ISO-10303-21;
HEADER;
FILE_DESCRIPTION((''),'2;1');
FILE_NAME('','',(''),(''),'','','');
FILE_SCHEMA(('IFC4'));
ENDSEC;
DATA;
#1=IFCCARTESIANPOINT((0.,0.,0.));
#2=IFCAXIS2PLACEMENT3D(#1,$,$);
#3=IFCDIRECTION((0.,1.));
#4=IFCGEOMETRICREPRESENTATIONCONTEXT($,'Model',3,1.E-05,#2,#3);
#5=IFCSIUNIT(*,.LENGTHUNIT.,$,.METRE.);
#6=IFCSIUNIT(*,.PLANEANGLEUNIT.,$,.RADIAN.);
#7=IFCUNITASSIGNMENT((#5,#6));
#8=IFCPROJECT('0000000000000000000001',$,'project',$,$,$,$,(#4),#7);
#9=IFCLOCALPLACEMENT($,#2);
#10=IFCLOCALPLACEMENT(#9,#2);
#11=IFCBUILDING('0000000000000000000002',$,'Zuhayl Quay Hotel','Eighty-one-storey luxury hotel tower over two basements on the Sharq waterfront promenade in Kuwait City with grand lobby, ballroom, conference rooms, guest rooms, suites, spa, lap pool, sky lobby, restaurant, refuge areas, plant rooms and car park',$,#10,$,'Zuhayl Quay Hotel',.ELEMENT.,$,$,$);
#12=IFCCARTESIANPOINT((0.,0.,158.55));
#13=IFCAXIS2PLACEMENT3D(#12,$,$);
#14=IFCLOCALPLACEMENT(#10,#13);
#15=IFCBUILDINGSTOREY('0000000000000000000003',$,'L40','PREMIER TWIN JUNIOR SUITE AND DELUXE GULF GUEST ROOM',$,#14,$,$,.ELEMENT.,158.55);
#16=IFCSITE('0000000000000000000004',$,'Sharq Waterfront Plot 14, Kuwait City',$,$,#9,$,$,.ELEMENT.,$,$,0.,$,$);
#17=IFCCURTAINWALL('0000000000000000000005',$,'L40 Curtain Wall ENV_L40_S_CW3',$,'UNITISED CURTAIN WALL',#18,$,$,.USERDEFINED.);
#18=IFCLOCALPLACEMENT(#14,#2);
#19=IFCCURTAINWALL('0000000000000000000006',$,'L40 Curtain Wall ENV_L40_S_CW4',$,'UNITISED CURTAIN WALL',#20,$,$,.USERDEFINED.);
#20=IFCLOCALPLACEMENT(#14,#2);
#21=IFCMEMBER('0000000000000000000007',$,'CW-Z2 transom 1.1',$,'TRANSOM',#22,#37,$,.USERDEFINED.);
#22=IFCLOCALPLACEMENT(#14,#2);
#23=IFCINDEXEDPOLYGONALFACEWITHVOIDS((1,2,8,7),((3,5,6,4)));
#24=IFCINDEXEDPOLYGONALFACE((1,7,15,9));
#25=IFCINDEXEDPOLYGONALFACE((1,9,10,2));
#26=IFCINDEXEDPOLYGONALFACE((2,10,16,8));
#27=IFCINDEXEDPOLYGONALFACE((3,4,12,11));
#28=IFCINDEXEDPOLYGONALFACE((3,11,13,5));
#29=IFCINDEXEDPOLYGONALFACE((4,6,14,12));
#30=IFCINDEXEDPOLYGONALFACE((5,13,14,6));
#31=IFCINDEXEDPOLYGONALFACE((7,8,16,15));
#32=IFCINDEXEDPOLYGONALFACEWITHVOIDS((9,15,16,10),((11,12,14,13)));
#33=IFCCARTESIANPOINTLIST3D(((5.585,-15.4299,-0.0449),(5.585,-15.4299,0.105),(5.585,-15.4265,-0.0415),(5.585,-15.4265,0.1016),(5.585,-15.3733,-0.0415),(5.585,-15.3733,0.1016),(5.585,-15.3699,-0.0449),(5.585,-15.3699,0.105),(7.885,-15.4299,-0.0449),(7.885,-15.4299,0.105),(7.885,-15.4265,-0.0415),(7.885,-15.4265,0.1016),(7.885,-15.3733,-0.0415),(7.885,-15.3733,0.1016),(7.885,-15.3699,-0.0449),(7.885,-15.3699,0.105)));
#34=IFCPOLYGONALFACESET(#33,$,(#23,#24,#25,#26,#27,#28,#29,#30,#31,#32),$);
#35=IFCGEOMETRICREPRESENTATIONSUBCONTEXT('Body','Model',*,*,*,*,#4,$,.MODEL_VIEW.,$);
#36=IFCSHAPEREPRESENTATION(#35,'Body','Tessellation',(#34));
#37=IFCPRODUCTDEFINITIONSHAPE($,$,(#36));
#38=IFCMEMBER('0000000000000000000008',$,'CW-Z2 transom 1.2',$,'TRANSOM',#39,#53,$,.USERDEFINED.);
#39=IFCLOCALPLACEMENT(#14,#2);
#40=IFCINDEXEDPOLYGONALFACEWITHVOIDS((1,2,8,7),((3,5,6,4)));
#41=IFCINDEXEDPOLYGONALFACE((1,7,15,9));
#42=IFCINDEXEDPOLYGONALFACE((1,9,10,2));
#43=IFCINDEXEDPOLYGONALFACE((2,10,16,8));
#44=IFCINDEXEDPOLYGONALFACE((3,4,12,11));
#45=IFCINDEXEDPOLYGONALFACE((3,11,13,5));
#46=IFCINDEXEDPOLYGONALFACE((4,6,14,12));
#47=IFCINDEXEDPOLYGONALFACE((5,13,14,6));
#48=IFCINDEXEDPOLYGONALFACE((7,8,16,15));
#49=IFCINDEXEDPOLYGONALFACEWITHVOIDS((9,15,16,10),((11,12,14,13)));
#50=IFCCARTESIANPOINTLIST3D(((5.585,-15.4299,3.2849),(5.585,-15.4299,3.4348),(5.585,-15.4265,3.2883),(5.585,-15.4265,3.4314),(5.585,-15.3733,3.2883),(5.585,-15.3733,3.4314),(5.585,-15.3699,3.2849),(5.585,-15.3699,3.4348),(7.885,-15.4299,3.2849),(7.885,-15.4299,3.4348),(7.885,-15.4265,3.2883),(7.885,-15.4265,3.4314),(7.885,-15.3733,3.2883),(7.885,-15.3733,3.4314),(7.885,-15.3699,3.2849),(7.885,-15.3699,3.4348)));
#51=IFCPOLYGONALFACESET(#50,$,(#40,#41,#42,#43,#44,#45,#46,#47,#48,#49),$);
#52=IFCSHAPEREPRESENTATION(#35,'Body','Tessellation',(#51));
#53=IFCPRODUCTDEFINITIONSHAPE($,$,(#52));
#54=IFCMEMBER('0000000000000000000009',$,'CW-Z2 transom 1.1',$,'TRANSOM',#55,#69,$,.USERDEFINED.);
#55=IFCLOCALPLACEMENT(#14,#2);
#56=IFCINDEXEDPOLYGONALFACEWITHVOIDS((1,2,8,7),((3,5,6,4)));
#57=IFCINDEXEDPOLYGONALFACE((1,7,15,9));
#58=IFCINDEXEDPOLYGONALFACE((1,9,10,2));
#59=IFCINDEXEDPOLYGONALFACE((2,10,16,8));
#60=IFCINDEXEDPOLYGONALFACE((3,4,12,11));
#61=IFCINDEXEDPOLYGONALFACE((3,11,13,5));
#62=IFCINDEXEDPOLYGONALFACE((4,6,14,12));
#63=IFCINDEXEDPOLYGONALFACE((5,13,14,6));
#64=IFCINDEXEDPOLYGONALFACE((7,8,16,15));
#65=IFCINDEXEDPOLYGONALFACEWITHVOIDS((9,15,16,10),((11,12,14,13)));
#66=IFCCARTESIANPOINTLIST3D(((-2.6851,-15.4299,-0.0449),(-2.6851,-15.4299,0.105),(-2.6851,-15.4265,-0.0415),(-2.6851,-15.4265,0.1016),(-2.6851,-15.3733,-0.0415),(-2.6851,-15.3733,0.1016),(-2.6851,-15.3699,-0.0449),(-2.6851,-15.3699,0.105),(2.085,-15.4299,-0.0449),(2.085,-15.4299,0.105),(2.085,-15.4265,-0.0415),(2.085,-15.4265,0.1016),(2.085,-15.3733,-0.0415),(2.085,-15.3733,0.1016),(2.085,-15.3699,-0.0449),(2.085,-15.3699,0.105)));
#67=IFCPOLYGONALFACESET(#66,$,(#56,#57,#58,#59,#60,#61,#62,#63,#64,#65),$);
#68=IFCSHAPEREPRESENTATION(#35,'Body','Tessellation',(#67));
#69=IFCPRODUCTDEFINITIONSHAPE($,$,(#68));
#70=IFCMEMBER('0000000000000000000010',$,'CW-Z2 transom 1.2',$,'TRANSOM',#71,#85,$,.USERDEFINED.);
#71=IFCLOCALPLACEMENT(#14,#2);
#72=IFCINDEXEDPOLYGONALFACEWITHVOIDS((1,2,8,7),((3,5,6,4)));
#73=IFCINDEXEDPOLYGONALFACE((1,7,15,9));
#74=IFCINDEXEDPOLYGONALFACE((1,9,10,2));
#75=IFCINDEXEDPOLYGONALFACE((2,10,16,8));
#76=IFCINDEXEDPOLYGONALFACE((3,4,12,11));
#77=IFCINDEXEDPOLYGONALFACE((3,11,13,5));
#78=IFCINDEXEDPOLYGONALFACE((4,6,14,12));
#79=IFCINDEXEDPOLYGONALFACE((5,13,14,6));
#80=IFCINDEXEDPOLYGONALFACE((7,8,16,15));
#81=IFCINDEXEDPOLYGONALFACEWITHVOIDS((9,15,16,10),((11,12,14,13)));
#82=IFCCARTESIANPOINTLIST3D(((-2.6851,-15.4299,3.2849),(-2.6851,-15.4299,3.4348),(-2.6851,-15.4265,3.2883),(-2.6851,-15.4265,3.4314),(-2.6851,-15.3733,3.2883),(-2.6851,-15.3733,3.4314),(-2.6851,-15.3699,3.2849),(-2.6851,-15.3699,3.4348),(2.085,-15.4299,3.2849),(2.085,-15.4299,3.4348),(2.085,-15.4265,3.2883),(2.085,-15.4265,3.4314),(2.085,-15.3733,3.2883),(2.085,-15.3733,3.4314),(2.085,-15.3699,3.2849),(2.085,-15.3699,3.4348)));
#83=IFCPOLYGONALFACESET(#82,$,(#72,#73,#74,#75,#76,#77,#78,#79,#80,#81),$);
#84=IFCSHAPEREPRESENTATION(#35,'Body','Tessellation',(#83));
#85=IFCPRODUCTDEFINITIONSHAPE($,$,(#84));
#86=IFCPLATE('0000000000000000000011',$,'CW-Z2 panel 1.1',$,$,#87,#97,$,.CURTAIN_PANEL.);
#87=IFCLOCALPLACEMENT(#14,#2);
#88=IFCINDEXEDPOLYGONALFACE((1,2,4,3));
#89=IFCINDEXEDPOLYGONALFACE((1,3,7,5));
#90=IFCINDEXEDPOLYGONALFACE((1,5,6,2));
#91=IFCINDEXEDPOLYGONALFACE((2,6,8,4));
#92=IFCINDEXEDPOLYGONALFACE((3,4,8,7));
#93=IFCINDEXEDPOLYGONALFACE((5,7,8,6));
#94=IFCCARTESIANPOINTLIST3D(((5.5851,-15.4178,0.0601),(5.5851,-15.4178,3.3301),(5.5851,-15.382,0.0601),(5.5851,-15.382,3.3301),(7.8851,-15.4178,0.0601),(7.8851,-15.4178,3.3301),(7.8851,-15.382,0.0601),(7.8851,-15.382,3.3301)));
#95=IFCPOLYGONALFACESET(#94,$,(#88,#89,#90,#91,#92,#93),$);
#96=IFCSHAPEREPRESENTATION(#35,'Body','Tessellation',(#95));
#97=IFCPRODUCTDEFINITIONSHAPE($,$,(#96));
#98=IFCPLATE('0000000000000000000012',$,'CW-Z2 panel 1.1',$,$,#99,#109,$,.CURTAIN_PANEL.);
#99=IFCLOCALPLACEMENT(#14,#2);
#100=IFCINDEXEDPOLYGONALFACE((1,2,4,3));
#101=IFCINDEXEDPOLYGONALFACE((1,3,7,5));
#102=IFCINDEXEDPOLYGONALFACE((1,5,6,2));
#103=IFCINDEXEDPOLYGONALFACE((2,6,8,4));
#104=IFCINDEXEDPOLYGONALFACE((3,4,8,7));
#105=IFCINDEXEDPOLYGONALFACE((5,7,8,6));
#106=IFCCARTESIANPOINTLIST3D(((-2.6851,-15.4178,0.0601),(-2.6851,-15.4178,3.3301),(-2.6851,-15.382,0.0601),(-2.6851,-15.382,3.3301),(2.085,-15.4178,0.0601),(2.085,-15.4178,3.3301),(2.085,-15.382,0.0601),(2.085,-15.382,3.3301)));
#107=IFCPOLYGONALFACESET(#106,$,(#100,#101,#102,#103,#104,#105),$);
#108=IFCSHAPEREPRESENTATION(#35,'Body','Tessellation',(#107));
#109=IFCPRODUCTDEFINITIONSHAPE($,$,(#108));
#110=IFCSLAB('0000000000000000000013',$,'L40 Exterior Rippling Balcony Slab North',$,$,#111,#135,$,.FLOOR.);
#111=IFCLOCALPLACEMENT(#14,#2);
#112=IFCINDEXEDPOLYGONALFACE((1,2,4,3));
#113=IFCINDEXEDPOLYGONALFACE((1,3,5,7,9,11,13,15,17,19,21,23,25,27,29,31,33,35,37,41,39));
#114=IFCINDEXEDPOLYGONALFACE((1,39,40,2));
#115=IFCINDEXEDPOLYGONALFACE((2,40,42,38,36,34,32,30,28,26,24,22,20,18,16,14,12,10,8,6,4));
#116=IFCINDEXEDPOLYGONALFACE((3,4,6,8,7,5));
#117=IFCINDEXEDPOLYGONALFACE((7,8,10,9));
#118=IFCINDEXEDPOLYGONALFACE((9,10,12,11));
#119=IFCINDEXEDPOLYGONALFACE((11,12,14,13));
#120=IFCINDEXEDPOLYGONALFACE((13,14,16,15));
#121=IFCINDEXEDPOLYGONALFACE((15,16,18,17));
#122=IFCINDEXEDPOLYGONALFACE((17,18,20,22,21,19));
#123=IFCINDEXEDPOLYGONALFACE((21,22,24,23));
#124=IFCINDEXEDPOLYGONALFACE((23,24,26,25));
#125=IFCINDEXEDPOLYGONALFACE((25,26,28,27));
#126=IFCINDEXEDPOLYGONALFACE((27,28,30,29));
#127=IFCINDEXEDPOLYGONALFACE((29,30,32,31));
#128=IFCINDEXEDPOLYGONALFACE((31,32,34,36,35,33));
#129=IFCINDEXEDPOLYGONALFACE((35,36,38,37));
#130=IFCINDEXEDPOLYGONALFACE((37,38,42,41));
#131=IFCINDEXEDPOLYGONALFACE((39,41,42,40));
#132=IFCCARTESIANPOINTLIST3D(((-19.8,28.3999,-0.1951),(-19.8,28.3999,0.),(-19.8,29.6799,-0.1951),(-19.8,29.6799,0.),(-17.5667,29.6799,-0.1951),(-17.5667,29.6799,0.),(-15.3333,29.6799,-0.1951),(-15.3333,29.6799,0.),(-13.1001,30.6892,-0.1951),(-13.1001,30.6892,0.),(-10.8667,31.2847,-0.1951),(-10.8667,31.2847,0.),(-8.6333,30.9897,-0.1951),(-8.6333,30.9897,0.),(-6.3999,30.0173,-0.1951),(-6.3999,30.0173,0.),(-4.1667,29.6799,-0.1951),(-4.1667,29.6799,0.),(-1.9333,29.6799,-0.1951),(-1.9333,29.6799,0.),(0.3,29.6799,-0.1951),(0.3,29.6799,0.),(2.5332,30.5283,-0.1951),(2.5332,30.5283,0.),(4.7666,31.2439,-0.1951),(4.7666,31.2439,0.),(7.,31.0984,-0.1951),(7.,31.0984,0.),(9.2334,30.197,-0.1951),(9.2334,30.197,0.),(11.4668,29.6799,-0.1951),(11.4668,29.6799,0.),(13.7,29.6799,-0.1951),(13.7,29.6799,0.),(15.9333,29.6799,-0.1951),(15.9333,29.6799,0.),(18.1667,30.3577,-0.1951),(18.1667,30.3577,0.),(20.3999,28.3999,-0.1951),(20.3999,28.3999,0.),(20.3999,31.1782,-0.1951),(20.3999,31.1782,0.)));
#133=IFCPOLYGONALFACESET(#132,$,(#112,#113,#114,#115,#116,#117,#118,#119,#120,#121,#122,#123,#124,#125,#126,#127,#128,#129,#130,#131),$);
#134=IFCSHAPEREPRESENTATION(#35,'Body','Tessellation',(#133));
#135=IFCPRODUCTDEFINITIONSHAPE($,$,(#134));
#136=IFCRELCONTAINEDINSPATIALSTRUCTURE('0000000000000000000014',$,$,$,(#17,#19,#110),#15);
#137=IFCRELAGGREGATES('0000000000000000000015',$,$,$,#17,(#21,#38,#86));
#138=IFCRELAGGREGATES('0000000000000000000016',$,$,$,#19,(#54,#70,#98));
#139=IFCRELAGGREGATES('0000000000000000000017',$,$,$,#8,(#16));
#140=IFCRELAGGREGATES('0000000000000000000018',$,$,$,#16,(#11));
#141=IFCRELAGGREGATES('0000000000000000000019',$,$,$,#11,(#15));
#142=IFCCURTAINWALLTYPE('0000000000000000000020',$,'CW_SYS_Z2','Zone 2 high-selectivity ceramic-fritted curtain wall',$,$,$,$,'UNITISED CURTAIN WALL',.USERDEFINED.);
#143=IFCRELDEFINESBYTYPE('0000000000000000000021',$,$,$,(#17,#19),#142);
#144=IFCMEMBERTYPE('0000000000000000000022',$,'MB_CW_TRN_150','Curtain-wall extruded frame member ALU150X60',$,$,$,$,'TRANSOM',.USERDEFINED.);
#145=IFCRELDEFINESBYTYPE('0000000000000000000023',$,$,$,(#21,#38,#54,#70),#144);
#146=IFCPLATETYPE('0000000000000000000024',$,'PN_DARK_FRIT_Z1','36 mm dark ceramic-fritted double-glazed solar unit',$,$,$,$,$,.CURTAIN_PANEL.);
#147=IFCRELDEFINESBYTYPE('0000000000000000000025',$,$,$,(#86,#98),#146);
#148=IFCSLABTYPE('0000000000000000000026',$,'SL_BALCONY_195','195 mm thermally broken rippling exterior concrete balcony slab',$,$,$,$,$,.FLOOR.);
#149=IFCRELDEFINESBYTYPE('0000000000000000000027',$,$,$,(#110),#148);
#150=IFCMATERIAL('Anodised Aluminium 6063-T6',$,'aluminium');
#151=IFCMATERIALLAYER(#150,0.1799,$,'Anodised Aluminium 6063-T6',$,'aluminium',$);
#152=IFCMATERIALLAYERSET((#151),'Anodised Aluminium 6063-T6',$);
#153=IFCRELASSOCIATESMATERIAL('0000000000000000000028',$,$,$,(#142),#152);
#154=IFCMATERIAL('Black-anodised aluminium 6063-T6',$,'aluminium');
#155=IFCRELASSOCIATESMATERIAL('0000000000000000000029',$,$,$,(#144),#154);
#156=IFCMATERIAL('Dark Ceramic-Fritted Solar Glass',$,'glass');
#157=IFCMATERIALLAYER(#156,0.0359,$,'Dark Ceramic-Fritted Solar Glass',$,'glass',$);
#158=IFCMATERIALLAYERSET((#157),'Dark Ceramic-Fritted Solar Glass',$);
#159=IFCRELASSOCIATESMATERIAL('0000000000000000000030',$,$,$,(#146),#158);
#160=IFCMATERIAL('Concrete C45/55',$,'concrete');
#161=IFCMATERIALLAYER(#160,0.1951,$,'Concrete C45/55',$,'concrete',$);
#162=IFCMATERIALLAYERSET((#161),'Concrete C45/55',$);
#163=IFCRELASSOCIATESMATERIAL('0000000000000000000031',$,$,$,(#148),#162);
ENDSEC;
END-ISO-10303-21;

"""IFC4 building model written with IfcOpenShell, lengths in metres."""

from ifc_helpers import new_model, si_unit, direction, frame, origin, origin_2d, place, context, subcontext, project, spatial, polyline, rectangle, hollow_rectangle, outline, extrude, material, layer, layer_set, material_profile, profile_set, type_object, element, aggregate, save


model = new_model("IFC4")

# Units and contexts
model_context = context("Model", 3, precision=1e-05, world=origin(), true_north=direction((0.0, 1.0)))
body_context = subcontext(model_context, "Body", "Model", "MODEL_VIEW")
ifc_project = project(units=[si_unit("LENGTHUNIT", "METRE"), si_unit("PLANEANGLEUNIT", "RADIAN")], contexts=[model_context])

# Site, building, storey
site_placement = place(None, origin())
site = spatial("IfcSite", under=ifc_project, at=site_placement, Name="Sharq Waterfront Plot 14, Kuwait City", CompositionType="ELEMENT", RefElevation=0.0)
building_placement = place(site_placement, origin())
building = spatial("IfcBuilding", under=site, at=building_placement, Name="Zuhayl Quay Hotel", Description="Eighty-one-storey luxury hotel tower over two basements on the Sharq waterfront promenade in Kuwait City with grand lobby, ballroom, conference rooms, guest rooms, suites, spa, lap pool, sky lobby, restaurant, refuge areas, plant rooms and car park", LongName="Zuhayl Quay Hotel", CompositionType="ELEMENT")
storey_placement = place(building_placement, frame((0.0, 0.0, 158.55)))
storey = spatial("IfcBuildingStorey", under=building, at=storey_placement, Name="L40", Description="PREMIER TWIN JUNIOR SUITE AND DELUXE GULF GUEST ROOM", CompositionType="ELEMENT", Elevation=158.55)

# Curtain walls
ifc_material_1 = material(Name="Anodised Aluminium 6063-T6", Category="aluminium")
ifc_layer_1 = layer(ifc_material_1, 0.1799, Name="Anodised Aluminium 6063-T6", Category="aluminium")
ifc_layer_set_1 = layer_set([ifc_layer_1], Name="Anodised Aluminium 6063-T6")
curtain_wall_type = type_object("IfcCurtainWallType", Name="CW_SYS_Z2", Description="Zone 2 high-selectivity ceramic-fritted curtain wall", ElementType="UNITISED CURTAIN WALL", PredefinedType="USERDEFINED", material=ifc_layer_set_1)
curtain_wall_1_placement = place(storey_placement, origin())
curtain_wall_1 = element("IfcCurtainWall", 1, at=curtain_wall_1_placement, inside=storey, type_object=curtain_wall_type, Name="L40 Curtain Wall ENV_L40_S_CW3", ObjectType="UNITISED CURTAIN WALL", PredefinedType="USERDEFINED")
ifc_material_2 = material(Name="Black-anodised aluminium 6063-T6", Category="aluminium")
curtain_wall_2_placement = place(storey_placement, origin())
curtain_wall_2 = element("IfcCurtainWall", 2, at=curtain_wall_2_placement, inside=storey, type_object=curtain_wall_type, Name="L40 Curtain Wall ENV_L40_S_CW4", ObjectType="UNITISED CURTAIN WALL", PredefinedType="USERDEFINED")

# Members
ifc_material_profile_1 = material_profile(ifc_material_2, hollow_rectangle(XDim=0.0601, YDim=0.1499, WallThickness=0.0034, at=origin_2d()), Name="ALU150X60")
ifc_profile_set_1 = profile_set([ifc_material_profile_1], Name="Black-anodised aluminium 6063-T6")
member_type_1 = type_object("IfcMemberType", Name="MB_CW_TRN_150", Description="Curtain-wall extruded frame member ALU150X60", ElementType="TRANSOM", PredefinedType="USERDEFINED", material=ifc_profile_set_1)
member_1_placement = place(storey_placement, frame((7.885, -15.3999, 0.03), z_axis=(-1.0, 0.0, 0.0), x_axis=(0.0, -1.0, 0.0)))
member_1 = element("IfcMember", 3, at=member_1_placement, type_object=member_type_1, Name="CW-Z2 transom 1.1", ObjectType="TRANSOM", PredefinedType="USERDEFINED", context=body_context, shape_type="SweptSolid", body=[
    extrude(hollow_rectangle(XDim=0.0601, YDim=0.1499, WallThickness=0.0034, at=origin_2d()), origin(), (0.0, 0.0, 1.0), 2.3),
])
member_2_placement = place(storey_placement, frame((7.885, -15.3999, 3.3599), z_axis=(-1.0, 0.0, 0.0), x_axis=(0.0, -1.0, 0.0)))
member_2 = element("IfcMember", 4, at=member_2_placement, type_object=member_type_1, Name="CW-Z2 transom 1.2", ObjectType="TRANSOM", PredefinedType="USERDEFINED", context=body_context, shape_type="SweptSolid", body=[
    extrude(hollow_rectangle(XDim=0.0601, YDim=0.1499, WallThickness=0.0034, at=origin_2d()), origin(), (0.0, 0.0, 1.0), 2.3),
])
member_3_placement = place(storey_placement, frame((2.085, -15.3999, 0.03), z_axis=(-1.0, 0.0, 0.0), x_axis=(0.0, -1.0, 0.0)))
member_3 = element("IfcMember", 5, at=member_3_placement, type_object=member_type_1, Name="CW-Z2 transom 1.1", ObjectType="TRANSOM", PredefinedType="USERDEFINED", context=body_context, shape_type="SweptSolid", body=[
    extrude(hollow_rectangle(XDim=0.0601, YDim=0.1499, WallThickness=0.0034, at=origin_2d()), origin(), (0.0, 0.0, 1.0), 4.77),
])
member_4_placement = place(storey_placement, frame((2.085, -15.3999, 3.3599), z_axis=(-1.0, 0.0, 0.0), x_axis=(0.0, -1.0, 0.0)))
member_4 = element("IfcMember", 6, at=member_4_placement, type_object=member_type_1, Name="CW-Z2 transom 1.2", ObjectType="TRANSOM", PredefinedType="USERDEFINED", context=body_context, shape_type="SweptSolid", body=[
    extrude(hollow_rectangle(XDim=0.0601, YDim=0.1499, WallThickness=0.0034, at=origin_2d()), origin(), (0.0, 0.0, 1.0), 4.77),
])

# Plates
ifc_material_3 = material(Name="Dark Ceramic-Fritted Solar Glass", Category="glass")
ifc_layer_2 = layer(ifc_material_3, 0.0359, Name="Dark Ceramic-Fritted Solar Glass", Category="glass")
ifc_layer_set_2 = layer_set([ifc_layer_2], Name="Dark Ceramic-Fritted Solar Glass")
plate_type = type_object("IfcPlateType", Name="PN_DARK_FRIT_Z1", Description="36 mm dark ceramic-fritted double-glazed solar unit", PredefinedType="CURTAIN_PANEL", material=ifc_layer_set_2)
plate_1_placement = place(storey_placement, frame((6.7351, -15.3999, 0.0601), z_axis=(0.0, 0.0, 1.0), x_axis=(-1.0, 0.0, 0.0)))
plate_1 = element("IfcPlate", 7, at=plate_1_placement, type_object=plate_type, Name="CW-Z2 panel 1.1", PredefinedType="CURTAIN_PANEL", context=body_context, shape_type="SweptSolid", body=[
    extrude(rectangle(XDim=2.3, YDim=0.0359, at=origin_2d()), origin(), (0.0, 0.0, 1.0), 3.27),
])
aggregate(curtain_wall_1, [member_1, member_2, plate_1])
plate_2_placement = place(storey_placement, frame((-0.3, -15.3999, 0.0601), z_axis=(0.0, 0.0, 1.0), x_axis=(-1.0, 0.0, 0.0)))
plate_2 = element("IfcPlate", 8, at=plate_2_placement, type_object=plate_type, Name="CW-Z2 panel 1.1", PredefinedType="CURTAIN_PANEL", context=body_context, shape_type="SweptSolid", body=[
    extrude(rectangle(XDim=4.77, YDim=0.0359, at=origin_2d()), origin(), (0.0, 0.0, 1.0), 3.27),
])
aggregate(curtain_wall_2, [member_3, member_4, plate_2])

# Slab
ifc_material_4 = material(Name="Concrete C45/55", Category="concrete")
ifc_layer_3 = layer(ifc_material_4, 0.1951, Name="Concrete C45/55", Category="concrete")
ifc_layer_set_3 = layer_set([ifc_layer_3], Name="Concrete C45/55")
slab_type_1 = type_object("IfcSlabType", Name="SL_BALCONY_195", Description="195 mm thermally broken rippling exterior concrete balcony slab", PredefinedType="FLOOR", material=ifc_layer_set_3)
slab_1_placement = place(storey_placement, frame((0.0, 0.0, -0.1951)))
element("IfcSlab", 9, at=slab_1_placement, inside=storey, type_object=slab_type_1, Name="L40 Exterior Rippling Balcony Slab North", PredefinedType="FLOOR", context=body_context, shape_type="SweptSolid", body=[
    extrude(outline(polyline([(-19.8, 28.3999), (20.3999, 28.3999), (20.3999, 31.1782), (18.1667, 30.3577), (15.9333, 29.6799), (13.7, 29.6799), (11.4668, 29.6799), (9.2334, 30.197), (7.0, 31.0984), (4.7666, 31.2439), (2.5332, 30.5283), (0.3, 29.6799), (-1.9333, 29.6799), (-4.1667, 29.6799), (-6.3999, 30.0173), (-8.6333, 30.9897), (-10.8667, 31.2847), (-13.1001, 30.6892), (-15.3333, 29.6799), (-17.5667, 29.6799), (-19.8, 29.6799), (-19.8, 28.3999)])), origin(), (0.0, 0.0, 1.0), 0.1951),
])

save(model, "model.ifc")
